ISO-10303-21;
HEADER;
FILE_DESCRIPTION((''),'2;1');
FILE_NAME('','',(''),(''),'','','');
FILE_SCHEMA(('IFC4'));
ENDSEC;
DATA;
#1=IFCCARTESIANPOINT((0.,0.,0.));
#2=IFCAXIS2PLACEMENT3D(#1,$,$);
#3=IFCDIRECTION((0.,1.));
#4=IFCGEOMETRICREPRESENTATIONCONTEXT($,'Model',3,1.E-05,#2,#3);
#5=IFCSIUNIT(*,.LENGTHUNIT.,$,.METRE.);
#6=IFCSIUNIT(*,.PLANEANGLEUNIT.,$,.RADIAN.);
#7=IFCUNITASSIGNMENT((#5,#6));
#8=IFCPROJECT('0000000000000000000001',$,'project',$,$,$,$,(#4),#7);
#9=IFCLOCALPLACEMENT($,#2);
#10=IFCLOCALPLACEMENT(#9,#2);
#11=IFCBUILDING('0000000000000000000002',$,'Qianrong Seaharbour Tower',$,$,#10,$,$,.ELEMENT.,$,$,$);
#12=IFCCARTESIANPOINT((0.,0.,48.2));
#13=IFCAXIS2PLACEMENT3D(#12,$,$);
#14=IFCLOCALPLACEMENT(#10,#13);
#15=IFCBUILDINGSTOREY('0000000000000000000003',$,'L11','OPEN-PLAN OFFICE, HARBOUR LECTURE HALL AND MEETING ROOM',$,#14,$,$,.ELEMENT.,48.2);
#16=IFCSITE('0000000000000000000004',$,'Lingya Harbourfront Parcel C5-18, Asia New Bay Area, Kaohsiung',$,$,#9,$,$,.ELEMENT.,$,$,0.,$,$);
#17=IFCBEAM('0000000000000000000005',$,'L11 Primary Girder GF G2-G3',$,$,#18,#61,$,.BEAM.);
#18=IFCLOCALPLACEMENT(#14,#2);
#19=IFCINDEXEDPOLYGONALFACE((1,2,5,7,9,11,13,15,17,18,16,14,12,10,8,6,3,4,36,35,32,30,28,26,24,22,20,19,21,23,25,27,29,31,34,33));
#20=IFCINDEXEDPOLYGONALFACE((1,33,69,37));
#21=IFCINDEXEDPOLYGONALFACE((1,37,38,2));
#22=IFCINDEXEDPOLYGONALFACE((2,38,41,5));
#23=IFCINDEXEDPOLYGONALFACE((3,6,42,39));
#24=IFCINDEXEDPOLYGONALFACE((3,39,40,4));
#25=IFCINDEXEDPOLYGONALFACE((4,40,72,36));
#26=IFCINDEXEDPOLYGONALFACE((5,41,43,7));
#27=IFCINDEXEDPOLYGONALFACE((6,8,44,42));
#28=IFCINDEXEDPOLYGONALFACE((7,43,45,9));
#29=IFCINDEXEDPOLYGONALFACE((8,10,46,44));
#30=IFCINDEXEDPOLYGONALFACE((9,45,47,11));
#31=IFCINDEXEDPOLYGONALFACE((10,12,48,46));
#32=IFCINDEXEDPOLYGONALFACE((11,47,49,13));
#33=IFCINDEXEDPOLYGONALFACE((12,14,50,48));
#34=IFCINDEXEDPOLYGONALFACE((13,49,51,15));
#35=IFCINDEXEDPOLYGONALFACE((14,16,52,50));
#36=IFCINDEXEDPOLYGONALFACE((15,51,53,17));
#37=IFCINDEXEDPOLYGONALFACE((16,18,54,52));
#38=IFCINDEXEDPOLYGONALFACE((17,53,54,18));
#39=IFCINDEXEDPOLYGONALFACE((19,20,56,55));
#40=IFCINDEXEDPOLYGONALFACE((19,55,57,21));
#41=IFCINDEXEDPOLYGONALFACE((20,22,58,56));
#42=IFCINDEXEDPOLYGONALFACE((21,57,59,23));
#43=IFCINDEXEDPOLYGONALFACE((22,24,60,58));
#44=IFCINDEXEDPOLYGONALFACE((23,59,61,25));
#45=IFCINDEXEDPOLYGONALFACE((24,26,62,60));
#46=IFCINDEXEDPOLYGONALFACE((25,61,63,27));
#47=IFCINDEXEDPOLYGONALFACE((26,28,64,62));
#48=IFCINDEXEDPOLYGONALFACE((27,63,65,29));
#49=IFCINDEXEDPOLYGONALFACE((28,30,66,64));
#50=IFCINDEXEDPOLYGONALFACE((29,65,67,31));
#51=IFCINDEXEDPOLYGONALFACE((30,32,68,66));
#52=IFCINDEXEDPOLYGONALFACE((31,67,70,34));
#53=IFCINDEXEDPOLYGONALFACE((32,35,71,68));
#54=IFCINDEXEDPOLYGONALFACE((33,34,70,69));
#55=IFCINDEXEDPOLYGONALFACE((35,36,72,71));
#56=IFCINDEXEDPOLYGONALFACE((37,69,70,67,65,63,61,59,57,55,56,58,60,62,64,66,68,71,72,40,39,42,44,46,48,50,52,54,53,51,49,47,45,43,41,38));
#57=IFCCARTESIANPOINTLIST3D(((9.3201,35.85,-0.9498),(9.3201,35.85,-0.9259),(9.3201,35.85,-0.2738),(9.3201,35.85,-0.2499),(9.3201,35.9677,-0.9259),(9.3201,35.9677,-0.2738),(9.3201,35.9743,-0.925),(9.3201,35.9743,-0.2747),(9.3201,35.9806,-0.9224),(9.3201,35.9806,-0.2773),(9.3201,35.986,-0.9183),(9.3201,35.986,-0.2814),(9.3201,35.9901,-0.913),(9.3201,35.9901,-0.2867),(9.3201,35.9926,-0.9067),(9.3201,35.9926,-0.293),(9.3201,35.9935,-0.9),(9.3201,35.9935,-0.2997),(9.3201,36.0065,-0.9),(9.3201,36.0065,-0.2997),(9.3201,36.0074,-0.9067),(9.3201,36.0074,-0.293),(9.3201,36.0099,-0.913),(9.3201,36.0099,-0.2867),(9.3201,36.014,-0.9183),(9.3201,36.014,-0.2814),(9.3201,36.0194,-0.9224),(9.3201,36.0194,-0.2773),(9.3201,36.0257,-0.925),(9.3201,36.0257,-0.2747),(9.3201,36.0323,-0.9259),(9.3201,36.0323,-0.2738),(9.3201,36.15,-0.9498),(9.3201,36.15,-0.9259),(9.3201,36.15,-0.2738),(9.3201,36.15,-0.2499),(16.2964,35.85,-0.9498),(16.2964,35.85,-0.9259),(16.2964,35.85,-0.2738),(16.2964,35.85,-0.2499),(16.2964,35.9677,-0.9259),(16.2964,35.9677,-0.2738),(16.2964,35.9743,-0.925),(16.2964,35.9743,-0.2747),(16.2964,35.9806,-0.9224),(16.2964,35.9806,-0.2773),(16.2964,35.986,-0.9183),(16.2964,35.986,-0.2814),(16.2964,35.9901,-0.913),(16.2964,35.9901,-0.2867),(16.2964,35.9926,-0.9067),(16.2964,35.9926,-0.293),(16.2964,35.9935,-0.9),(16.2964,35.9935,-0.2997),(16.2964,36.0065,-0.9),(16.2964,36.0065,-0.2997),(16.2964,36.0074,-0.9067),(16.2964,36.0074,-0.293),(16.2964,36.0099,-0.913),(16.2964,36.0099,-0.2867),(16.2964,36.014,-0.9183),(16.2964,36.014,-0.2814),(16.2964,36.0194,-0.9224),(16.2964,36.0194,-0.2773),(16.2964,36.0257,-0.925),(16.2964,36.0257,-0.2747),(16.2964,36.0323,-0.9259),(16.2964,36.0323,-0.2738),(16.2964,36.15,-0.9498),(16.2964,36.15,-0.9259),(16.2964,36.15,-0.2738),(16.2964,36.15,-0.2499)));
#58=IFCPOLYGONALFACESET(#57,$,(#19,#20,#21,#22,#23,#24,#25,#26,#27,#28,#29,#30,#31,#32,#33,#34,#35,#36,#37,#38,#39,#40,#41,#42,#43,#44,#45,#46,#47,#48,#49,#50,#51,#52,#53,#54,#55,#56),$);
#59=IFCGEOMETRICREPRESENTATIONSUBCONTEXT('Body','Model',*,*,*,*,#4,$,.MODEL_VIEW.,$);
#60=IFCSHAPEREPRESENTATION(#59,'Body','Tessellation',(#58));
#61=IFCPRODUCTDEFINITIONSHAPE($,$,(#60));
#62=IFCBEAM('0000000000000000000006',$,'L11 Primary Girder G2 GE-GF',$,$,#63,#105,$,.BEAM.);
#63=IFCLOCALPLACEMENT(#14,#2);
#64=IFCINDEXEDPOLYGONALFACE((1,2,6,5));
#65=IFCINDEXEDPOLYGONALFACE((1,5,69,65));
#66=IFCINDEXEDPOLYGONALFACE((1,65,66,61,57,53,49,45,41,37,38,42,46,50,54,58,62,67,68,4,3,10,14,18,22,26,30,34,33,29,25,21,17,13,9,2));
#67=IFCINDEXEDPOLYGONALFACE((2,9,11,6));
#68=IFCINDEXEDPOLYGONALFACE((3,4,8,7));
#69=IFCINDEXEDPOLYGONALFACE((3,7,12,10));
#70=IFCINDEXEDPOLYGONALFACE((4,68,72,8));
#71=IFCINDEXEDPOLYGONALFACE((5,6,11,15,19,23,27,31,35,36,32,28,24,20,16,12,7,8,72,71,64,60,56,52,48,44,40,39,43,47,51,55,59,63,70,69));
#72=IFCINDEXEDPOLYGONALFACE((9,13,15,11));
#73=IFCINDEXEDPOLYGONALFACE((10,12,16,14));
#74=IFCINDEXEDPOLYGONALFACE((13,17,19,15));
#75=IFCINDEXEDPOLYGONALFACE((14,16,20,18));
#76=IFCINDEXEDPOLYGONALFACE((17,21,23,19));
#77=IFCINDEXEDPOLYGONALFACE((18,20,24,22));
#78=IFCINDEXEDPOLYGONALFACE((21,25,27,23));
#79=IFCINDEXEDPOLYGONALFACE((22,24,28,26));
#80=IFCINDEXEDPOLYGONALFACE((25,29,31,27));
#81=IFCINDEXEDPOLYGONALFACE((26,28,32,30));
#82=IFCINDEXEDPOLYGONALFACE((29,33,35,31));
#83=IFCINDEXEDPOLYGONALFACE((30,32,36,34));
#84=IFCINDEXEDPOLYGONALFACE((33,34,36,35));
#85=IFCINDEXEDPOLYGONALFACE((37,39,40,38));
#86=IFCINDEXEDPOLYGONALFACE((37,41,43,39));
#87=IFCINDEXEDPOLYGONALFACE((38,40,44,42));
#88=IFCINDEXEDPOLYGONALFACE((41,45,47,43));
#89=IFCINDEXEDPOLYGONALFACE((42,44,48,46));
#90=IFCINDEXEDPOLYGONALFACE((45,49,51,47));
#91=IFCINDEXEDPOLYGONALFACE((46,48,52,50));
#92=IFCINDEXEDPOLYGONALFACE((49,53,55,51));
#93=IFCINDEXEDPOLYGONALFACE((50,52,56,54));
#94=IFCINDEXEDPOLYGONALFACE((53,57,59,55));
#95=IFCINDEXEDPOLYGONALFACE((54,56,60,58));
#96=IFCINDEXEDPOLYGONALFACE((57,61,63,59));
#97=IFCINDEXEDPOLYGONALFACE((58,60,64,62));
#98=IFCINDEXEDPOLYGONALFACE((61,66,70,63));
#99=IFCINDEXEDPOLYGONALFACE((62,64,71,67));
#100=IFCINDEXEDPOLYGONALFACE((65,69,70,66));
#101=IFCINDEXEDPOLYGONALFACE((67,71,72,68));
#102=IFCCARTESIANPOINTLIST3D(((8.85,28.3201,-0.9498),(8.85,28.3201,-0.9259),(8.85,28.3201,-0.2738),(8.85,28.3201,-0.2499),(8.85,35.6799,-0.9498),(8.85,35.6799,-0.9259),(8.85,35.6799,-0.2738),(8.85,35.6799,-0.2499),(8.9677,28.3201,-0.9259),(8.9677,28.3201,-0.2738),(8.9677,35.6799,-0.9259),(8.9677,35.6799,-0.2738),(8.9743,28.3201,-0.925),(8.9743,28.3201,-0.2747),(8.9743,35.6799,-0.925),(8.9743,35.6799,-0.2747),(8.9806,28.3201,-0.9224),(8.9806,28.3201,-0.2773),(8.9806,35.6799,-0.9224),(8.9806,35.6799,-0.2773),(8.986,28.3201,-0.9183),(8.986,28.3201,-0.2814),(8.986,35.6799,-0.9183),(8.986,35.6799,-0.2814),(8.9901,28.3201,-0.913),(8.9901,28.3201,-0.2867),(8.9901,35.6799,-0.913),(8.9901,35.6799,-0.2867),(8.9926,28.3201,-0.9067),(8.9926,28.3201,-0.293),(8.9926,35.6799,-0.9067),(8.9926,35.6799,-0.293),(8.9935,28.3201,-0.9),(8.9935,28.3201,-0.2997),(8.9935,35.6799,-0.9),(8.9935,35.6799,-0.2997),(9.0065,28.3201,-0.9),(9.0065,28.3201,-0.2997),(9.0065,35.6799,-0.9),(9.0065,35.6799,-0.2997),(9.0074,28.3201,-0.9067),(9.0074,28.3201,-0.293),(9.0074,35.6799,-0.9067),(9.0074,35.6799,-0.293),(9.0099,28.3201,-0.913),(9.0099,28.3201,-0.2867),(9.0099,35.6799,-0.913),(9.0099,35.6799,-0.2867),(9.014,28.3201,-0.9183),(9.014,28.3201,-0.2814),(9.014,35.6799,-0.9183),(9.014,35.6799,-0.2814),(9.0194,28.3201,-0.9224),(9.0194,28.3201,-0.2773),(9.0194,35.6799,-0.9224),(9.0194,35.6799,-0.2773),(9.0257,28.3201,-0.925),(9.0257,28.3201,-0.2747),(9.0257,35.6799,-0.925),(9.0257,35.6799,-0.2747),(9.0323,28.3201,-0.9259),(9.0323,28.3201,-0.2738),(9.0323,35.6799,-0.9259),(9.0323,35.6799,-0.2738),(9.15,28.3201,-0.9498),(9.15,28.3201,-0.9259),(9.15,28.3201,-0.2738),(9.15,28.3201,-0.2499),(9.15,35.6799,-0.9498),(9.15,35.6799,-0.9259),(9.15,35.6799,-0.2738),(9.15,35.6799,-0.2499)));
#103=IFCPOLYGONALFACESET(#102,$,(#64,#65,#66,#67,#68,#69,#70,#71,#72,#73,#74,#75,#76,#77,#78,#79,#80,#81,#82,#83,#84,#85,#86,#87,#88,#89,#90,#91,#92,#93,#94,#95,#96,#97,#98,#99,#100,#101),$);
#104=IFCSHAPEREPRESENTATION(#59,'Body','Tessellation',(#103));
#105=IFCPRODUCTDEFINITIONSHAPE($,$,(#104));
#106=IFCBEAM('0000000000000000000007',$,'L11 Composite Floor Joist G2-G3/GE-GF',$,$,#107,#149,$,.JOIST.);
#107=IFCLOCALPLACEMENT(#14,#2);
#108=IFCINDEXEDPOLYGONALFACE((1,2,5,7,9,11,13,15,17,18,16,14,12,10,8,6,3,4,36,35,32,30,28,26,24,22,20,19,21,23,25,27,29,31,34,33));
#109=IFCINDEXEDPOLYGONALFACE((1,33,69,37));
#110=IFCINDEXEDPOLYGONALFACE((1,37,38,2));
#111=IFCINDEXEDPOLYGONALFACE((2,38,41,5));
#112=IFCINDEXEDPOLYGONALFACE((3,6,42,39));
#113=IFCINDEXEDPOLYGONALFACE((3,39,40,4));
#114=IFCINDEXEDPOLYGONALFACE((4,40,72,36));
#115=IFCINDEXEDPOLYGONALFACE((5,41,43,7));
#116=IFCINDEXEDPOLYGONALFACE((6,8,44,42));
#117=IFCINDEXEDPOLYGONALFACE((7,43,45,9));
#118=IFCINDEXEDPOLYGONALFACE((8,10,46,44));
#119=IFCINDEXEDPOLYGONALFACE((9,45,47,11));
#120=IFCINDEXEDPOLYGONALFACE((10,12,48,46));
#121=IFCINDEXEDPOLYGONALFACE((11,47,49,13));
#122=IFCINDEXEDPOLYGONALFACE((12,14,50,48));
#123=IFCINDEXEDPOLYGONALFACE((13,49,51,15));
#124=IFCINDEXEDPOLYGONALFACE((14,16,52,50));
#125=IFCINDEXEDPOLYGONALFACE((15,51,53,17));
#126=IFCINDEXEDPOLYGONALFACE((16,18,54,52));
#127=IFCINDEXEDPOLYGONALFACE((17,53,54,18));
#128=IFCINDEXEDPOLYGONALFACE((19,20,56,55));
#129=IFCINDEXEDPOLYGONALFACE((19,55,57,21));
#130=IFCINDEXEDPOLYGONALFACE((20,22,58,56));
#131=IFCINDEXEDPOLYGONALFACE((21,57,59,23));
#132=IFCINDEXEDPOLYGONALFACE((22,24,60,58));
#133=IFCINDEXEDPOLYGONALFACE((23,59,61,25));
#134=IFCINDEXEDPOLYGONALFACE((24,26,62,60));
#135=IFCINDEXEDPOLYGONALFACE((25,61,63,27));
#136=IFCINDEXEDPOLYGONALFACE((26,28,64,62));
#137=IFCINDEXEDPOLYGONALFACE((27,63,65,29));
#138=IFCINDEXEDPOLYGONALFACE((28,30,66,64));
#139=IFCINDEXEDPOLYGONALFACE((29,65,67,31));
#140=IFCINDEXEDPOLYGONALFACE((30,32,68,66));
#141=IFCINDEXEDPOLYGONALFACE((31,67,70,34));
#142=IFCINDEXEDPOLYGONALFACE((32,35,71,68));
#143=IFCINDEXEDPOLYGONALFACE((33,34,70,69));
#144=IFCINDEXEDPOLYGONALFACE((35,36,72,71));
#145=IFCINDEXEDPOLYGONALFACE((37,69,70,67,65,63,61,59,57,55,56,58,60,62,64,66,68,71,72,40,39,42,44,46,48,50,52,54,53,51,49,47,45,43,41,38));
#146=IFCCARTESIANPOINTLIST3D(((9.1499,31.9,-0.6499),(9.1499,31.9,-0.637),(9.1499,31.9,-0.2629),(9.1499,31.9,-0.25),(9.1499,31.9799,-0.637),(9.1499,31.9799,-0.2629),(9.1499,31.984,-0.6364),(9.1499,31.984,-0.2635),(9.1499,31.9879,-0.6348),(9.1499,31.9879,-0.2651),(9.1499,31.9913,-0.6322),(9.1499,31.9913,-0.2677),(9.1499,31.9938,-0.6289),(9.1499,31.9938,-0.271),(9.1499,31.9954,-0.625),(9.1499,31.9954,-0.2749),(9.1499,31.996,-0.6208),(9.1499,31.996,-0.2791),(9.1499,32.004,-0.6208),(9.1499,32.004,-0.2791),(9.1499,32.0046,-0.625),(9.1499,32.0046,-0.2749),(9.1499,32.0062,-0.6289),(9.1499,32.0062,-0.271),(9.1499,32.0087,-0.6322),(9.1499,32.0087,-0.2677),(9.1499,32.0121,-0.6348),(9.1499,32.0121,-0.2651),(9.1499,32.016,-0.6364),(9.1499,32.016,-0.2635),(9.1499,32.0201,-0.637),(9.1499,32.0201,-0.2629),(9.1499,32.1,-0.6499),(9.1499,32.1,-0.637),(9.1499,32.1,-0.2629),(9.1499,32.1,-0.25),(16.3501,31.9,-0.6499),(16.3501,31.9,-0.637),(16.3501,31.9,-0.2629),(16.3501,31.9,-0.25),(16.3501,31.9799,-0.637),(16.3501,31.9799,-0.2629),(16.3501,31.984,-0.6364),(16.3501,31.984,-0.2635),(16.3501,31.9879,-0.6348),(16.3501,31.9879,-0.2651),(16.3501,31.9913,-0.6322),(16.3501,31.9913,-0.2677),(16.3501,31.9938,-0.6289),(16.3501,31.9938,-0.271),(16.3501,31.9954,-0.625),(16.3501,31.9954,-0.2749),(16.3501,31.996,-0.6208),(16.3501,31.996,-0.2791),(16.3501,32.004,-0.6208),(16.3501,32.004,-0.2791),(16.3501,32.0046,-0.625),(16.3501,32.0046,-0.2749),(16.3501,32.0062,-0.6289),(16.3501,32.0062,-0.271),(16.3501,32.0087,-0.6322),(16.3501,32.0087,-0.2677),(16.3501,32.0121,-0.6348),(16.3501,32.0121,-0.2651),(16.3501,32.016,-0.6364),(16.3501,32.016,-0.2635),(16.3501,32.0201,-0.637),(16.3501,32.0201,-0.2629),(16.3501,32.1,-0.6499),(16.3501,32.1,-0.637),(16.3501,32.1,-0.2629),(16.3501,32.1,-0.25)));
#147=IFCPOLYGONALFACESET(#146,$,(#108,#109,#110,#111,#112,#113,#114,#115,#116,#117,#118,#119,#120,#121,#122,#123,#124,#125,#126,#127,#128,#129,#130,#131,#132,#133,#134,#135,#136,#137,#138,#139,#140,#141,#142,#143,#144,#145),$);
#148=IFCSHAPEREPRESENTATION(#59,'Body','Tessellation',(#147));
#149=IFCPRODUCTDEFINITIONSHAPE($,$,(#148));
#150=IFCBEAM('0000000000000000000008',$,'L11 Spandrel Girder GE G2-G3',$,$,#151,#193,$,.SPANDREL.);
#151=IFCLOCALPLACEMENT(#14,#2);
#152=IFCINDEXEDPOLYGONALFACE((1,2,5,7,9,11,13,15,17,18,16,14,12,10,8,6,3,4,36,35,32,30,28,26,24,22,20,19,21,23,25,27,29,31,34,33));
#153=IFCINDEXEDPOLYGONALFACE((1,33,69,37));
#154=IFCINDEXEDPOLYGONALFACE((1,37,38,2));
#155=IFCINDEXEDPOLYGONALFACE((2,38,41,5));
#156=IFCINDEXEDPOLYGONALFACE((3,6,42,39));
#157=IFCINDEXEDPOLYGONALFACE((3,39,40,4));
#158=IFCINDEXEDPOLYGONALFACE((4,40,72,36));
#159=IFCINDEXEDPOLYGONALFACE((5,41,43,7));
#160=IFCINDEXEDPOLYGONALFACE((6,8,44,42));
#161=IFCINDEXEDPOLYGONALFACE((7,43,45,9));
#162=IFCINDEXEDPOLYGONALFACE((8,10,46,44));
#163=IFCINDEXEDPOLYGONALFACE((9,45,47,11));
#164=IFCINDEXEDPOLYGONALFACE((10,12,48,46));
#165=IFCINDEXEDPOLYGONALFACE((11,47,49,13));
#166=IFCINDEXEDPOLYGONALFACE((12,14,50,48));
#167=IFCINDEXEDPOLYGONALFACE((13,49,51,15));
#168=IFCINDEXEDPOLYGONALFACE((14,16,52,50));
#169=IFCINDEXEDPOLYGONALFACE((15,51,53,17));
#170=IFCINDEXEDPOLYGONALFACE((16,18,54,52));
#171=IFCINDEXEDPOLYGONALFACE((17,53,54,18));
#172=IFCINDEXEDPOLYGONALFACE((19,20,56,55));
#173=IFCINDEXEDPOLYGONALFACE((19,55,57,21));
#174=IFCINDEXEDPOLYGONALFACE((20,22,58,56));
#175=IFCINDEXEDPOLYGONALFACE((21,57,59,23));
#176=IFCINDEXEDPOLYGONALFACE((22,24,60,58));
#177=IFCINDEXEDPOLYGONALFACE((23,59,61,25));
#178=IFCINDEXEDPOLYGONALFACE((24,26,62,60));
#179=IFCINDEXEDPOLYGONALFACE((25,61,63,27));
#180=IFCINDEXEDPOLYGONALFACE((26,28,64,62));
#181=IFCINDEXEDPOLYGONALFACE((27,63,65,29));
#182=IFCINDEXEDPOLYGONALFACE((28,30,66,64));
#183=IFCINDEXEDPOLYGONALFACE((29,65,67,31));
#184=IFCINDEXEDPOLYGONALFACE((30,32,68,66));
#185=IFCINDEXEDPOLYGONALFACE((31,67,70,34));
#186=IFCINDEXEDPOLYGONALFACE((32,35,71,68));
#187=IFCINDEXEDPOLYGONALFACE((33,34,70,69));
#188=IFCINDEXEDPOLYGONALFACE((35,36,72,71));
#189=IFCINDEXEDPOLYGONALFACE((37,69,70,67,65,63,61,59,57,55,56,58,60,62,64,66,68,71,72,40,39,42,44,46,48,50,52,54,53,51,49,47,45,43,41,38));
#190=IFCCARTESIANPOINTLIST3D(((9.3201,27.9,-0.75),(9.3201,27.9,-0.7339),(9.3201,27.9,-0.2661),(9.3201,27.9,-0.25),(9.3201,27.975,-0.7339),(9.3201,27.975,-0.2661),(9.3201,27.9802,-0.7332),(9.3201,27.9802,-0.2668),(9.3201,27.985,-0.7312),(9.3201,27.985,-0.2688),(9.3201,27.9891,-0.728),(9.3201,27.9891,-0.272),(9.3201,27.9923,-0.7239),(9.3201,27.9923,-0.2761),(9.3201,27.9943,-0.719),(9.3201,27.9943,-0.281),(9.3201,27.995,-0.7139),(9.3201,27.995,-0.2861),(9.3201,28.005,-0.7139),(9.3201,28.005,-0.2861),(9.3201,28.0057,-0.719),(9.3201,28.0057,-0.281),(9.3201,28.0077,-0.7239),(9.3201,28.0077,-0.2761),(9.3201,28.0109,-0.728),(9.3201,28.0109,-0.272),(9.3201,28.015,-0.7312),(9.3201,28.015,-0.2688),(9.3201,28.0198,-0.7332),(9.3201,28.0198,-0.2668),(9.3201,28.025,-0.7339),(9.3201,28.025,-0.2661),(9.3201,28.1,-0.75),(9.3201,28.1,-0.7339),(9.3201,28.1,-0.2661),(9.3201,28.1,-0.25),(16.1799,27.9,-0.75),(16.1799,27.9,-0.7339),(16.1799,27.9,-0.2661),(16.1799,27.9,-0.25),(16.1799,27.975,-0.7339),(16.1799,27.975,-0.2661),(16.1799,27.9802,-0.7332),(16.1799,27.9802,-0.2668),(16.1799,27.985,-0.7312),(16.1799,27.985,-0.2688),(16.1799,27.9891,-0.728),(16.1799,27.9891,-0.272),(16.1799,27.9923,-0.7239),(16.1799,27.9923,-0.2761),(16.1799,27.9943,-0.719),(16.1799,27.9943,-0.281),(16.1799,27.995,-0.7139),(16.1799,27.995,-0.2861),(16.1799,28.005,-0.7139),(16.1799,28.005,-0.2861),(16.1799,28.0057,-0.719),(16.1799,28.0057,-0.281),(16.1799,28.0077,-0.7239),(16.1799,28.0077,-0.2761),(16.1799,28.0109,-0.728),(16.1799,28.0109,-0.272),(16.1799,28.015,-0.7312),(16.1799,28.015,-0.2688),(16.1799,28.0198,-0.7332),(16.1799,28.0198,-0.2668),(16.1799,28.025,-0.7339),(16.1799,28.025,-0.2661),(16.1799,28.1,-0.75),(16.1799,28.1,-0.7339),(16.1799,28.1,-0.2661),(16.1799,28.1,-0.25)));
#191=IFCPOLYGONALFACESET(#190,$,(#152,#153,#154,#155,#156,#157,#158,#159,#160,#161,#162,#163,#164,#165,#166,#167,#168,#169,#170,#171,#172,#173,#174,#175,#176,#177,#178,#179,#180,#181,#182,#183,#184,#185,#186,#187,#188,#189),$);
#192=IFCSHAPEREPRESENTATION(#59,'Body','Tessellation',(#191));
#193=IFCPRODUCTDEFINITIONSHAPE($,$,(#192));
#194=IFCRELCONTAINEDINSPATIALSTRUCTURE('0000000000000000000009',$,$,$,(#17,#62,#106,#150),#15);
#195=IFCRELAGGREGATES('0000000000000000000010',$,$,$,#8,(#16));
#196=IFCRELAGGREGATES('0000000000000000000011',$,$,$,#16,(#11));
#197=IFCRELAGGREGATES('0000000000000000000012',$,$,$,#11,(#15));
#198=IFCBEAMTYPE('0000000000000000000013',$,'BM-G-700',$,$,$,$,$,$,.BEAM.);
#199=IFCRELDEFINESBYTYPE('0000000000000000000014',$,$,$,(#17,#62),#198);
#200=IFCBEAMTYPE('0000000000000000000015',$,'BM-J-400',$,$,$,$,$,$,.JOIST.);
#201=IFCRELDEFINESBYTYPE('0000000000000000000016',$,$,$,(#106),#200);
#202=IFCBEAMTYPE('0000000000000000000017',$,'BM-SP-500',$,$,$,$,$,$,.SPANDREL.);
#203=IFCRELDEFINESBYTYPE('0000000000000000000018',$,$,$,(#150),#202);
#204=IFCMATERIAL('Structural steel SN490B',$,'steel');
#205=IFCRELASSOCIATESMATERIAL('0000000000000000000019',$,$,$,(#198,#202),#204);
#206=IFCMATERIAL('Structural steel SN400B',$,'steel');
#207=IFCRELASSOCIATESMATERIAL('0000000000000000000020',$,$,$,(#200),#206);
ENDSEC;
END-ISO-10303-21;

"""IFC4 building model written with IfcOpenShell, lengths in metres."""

from ifc_helpers import new_model, si_unit, direction, frame, origin, origin_2d, place, context, subcontext, project, spatial, i_section, extrude, material, material_profile, profile_set, type_object, element, save


model = new_model("IFC4")

# Units and contexts
model_context = context("Model", 3, precision=1e-05, world=origin(), true_north=direction((0.0, 1.0)))
body_context = subcontext(model_context, "Body", "Model", "MODEL_VIEW")
ifc_project = project(units=[si_unit("LENGTHUNIT", "METRE"), si_unit("PLANEANGLEUNIT", "RADIAN")], contexts=[model_context])

# Site, building, storey
site_placement = place(None, origin())
site = spatial("IfcSite", under=ifc_project, at=site_placement, Name="Lingya Harbourfront Parcel C5-18, Asia New Bay Area, Kaohsiung", CompositionType="ELEMENT", RefElevation=0.0)
building_placement = place(site_placement, origin())
building = spatial("IfcBuilding", under=site, at=building_placement, Name="Qianrong Seaharbour Tower", CompositionType="ELEMENT")
storey_placement = place(building_placement, frame((0.0, 0.0, 48.2)))
storey = spatial("IfcBuildingStorey", under=building, at=storey_placement, Name="L11", Description="OPEN-PLAN OFFICE, HARBOUR LECTURE HALL AND MEETING ROOM", CompositionType="ELEMENT", Elevation=48.2)

# Shared definitions
ifc_material_1 = material(Name="Structural steel SN490B", Category="steel")

# Beams
ifc_material_profile_1 = material_profile(ifc_material_1, i_section(OverallWidth=0.3, OverallDepth=0.7, WebThickness=0.0129, FlangeThickness=0.0239, FilletRadius=0.0259, at=origin_2d()), Name="H700x300x13x24")
ifc_profile_set_1 = profile_set([ifc_material_profile_1], Name="Structural steel SN490B")
beam_type_1 = type_object("IfcBeamType", Name="BM-G-700", PredefinedType="BEAM", material=ifc_profile_set_1)
beam_1_placement = place(storey_placement, frame((9.3201, 36.0, -0.5999), z_axis=(1.0, 0.0, 0.0), x_axis=(0.0, 1.0, 0.0)))
element("IfcBeam", 1, at=beam_1_placement, inside=storey, type_object=beam_type_1, Name="L11 Primary Girder GF G2-G3", PredefinedType="BEAM", context=body_context, shape_type="SweptSolid", body=[
    extrude(i_section(OverallWidth=0.3, OverallDepth=0.7, WebThickness=0.0129, FlangeThickness=0.0239, FilletRadius=0.0259, at=origin_2d()), origin(), (0.0, 0.0, 1.0), 6.9763),
])
beam_2_placement = place(storey_placement, frame((9.0, 28.3201, -0.5999), z_axis=(0.0, 1.0, 0.0), x_axis=(-1.0, 0.0, 0.0)))
element("IfcBeam", 2, at=beam_2_placement, inside=storey, type_object=beam_type_1, Name="L11 Primary Girder G2 GE-GF", PredefinedType="BEAM", context=body_context, shape_type="SweptSolid", body=[
    extrude(i_section(OverallWidth=0.3, OverallDepth=0.7, WebThickness=0.0129, FlangeThickness=0.0239, FilletRadius=0.0259, at=origin_2d()), origin(), (0.0, 0.0, 1.0), 7.3599),
])
ifc_material_2 = material(Name="Structural steel SN400B", Category="steel")
ifc_material_profile_2 = material_profile(ifc_material_2, i_section(OverallWidth=0.2, OverallDepth=0.3999, WebThickness=0.0081, FlangeThickness=0.0129, FilletRadius=0.0161, at=origin_2d()), Name="H400x200x8x13")
ifc_profile_set_2 = profile_set([ifc_material_profile_2], Name="Structural steel SN400B")
beam_type_2 = type_object("IfcBeamType", Name="BM-J-400", PredefinedType="JOIST", material=ifc_profile_set_2)
beam_3_placement = place(storey_placement, frame((9.1499, 32.0, -0.45), z_axis=(1.0, 0.0, 0.0), x_axis=(0.0, 1.0, 0.0)))
element("IfcBeam", 3, at=beam_3_placement, inside=storey, type_object=beam_type_2, Name="L11 Composite Floor Joist G2-G3/GE-GF", PredefinedType="JOIST", context=body_context, shape_type="SweptSolid", body=[
    extrude(i_section(OverallWidth=0.2, OverallDepth=0.3999, WebThickness=0.0081, FlangeThickness=0.0129, FilletRadius=0.0161, at=origin_2d()), origin(), (0.0, 0.0, 1.0), 7.2002),
])
ifc_material_profile_3 = material_profile(ifc_material_1, i_section(OverallWidth=0.2, OverallDepth=0.5, WebThickness=0.01, FlangeThickness=0.0161, FilletRadius=0.02, at=origin_2d()), Name="H500x200x10x16")
ifc_profile_set_3 = profile_set([ifc_material_profile_3], Name="Structural steel SN490B")
beam_type_3 = type_object("IfcBeamType", Name="BM-SP-500", PredefinedType="SPANDREL", material=ifc_profile_set_3)
beam_4_placement = place(storey_placement, frame((9.3201, 28.0, -0.5), z_axis=(1.0, 0.0, 0.0), x_axis=(0.0, 1.0, 0.0)))
element("IfcBeam", 4, at=beam_4_placement, inside=storey, type_object=beam_type_3, Name="L11 Spandrel Girder GE G2-G3", PredefinedType="SPANDREL", context=body_context, shape_type="SweptSolid", body=[
    extrude(i_section(OverallWidth=0.2, OverallDepth=0.5, WebThickness=0.01, FlangeThickness=0.0161, FilletRadius=0.02, at=origin_2d()), origin(), (0.0, 0.0, 1.0), 6.8599),
])

save(model, "model.ifc")
